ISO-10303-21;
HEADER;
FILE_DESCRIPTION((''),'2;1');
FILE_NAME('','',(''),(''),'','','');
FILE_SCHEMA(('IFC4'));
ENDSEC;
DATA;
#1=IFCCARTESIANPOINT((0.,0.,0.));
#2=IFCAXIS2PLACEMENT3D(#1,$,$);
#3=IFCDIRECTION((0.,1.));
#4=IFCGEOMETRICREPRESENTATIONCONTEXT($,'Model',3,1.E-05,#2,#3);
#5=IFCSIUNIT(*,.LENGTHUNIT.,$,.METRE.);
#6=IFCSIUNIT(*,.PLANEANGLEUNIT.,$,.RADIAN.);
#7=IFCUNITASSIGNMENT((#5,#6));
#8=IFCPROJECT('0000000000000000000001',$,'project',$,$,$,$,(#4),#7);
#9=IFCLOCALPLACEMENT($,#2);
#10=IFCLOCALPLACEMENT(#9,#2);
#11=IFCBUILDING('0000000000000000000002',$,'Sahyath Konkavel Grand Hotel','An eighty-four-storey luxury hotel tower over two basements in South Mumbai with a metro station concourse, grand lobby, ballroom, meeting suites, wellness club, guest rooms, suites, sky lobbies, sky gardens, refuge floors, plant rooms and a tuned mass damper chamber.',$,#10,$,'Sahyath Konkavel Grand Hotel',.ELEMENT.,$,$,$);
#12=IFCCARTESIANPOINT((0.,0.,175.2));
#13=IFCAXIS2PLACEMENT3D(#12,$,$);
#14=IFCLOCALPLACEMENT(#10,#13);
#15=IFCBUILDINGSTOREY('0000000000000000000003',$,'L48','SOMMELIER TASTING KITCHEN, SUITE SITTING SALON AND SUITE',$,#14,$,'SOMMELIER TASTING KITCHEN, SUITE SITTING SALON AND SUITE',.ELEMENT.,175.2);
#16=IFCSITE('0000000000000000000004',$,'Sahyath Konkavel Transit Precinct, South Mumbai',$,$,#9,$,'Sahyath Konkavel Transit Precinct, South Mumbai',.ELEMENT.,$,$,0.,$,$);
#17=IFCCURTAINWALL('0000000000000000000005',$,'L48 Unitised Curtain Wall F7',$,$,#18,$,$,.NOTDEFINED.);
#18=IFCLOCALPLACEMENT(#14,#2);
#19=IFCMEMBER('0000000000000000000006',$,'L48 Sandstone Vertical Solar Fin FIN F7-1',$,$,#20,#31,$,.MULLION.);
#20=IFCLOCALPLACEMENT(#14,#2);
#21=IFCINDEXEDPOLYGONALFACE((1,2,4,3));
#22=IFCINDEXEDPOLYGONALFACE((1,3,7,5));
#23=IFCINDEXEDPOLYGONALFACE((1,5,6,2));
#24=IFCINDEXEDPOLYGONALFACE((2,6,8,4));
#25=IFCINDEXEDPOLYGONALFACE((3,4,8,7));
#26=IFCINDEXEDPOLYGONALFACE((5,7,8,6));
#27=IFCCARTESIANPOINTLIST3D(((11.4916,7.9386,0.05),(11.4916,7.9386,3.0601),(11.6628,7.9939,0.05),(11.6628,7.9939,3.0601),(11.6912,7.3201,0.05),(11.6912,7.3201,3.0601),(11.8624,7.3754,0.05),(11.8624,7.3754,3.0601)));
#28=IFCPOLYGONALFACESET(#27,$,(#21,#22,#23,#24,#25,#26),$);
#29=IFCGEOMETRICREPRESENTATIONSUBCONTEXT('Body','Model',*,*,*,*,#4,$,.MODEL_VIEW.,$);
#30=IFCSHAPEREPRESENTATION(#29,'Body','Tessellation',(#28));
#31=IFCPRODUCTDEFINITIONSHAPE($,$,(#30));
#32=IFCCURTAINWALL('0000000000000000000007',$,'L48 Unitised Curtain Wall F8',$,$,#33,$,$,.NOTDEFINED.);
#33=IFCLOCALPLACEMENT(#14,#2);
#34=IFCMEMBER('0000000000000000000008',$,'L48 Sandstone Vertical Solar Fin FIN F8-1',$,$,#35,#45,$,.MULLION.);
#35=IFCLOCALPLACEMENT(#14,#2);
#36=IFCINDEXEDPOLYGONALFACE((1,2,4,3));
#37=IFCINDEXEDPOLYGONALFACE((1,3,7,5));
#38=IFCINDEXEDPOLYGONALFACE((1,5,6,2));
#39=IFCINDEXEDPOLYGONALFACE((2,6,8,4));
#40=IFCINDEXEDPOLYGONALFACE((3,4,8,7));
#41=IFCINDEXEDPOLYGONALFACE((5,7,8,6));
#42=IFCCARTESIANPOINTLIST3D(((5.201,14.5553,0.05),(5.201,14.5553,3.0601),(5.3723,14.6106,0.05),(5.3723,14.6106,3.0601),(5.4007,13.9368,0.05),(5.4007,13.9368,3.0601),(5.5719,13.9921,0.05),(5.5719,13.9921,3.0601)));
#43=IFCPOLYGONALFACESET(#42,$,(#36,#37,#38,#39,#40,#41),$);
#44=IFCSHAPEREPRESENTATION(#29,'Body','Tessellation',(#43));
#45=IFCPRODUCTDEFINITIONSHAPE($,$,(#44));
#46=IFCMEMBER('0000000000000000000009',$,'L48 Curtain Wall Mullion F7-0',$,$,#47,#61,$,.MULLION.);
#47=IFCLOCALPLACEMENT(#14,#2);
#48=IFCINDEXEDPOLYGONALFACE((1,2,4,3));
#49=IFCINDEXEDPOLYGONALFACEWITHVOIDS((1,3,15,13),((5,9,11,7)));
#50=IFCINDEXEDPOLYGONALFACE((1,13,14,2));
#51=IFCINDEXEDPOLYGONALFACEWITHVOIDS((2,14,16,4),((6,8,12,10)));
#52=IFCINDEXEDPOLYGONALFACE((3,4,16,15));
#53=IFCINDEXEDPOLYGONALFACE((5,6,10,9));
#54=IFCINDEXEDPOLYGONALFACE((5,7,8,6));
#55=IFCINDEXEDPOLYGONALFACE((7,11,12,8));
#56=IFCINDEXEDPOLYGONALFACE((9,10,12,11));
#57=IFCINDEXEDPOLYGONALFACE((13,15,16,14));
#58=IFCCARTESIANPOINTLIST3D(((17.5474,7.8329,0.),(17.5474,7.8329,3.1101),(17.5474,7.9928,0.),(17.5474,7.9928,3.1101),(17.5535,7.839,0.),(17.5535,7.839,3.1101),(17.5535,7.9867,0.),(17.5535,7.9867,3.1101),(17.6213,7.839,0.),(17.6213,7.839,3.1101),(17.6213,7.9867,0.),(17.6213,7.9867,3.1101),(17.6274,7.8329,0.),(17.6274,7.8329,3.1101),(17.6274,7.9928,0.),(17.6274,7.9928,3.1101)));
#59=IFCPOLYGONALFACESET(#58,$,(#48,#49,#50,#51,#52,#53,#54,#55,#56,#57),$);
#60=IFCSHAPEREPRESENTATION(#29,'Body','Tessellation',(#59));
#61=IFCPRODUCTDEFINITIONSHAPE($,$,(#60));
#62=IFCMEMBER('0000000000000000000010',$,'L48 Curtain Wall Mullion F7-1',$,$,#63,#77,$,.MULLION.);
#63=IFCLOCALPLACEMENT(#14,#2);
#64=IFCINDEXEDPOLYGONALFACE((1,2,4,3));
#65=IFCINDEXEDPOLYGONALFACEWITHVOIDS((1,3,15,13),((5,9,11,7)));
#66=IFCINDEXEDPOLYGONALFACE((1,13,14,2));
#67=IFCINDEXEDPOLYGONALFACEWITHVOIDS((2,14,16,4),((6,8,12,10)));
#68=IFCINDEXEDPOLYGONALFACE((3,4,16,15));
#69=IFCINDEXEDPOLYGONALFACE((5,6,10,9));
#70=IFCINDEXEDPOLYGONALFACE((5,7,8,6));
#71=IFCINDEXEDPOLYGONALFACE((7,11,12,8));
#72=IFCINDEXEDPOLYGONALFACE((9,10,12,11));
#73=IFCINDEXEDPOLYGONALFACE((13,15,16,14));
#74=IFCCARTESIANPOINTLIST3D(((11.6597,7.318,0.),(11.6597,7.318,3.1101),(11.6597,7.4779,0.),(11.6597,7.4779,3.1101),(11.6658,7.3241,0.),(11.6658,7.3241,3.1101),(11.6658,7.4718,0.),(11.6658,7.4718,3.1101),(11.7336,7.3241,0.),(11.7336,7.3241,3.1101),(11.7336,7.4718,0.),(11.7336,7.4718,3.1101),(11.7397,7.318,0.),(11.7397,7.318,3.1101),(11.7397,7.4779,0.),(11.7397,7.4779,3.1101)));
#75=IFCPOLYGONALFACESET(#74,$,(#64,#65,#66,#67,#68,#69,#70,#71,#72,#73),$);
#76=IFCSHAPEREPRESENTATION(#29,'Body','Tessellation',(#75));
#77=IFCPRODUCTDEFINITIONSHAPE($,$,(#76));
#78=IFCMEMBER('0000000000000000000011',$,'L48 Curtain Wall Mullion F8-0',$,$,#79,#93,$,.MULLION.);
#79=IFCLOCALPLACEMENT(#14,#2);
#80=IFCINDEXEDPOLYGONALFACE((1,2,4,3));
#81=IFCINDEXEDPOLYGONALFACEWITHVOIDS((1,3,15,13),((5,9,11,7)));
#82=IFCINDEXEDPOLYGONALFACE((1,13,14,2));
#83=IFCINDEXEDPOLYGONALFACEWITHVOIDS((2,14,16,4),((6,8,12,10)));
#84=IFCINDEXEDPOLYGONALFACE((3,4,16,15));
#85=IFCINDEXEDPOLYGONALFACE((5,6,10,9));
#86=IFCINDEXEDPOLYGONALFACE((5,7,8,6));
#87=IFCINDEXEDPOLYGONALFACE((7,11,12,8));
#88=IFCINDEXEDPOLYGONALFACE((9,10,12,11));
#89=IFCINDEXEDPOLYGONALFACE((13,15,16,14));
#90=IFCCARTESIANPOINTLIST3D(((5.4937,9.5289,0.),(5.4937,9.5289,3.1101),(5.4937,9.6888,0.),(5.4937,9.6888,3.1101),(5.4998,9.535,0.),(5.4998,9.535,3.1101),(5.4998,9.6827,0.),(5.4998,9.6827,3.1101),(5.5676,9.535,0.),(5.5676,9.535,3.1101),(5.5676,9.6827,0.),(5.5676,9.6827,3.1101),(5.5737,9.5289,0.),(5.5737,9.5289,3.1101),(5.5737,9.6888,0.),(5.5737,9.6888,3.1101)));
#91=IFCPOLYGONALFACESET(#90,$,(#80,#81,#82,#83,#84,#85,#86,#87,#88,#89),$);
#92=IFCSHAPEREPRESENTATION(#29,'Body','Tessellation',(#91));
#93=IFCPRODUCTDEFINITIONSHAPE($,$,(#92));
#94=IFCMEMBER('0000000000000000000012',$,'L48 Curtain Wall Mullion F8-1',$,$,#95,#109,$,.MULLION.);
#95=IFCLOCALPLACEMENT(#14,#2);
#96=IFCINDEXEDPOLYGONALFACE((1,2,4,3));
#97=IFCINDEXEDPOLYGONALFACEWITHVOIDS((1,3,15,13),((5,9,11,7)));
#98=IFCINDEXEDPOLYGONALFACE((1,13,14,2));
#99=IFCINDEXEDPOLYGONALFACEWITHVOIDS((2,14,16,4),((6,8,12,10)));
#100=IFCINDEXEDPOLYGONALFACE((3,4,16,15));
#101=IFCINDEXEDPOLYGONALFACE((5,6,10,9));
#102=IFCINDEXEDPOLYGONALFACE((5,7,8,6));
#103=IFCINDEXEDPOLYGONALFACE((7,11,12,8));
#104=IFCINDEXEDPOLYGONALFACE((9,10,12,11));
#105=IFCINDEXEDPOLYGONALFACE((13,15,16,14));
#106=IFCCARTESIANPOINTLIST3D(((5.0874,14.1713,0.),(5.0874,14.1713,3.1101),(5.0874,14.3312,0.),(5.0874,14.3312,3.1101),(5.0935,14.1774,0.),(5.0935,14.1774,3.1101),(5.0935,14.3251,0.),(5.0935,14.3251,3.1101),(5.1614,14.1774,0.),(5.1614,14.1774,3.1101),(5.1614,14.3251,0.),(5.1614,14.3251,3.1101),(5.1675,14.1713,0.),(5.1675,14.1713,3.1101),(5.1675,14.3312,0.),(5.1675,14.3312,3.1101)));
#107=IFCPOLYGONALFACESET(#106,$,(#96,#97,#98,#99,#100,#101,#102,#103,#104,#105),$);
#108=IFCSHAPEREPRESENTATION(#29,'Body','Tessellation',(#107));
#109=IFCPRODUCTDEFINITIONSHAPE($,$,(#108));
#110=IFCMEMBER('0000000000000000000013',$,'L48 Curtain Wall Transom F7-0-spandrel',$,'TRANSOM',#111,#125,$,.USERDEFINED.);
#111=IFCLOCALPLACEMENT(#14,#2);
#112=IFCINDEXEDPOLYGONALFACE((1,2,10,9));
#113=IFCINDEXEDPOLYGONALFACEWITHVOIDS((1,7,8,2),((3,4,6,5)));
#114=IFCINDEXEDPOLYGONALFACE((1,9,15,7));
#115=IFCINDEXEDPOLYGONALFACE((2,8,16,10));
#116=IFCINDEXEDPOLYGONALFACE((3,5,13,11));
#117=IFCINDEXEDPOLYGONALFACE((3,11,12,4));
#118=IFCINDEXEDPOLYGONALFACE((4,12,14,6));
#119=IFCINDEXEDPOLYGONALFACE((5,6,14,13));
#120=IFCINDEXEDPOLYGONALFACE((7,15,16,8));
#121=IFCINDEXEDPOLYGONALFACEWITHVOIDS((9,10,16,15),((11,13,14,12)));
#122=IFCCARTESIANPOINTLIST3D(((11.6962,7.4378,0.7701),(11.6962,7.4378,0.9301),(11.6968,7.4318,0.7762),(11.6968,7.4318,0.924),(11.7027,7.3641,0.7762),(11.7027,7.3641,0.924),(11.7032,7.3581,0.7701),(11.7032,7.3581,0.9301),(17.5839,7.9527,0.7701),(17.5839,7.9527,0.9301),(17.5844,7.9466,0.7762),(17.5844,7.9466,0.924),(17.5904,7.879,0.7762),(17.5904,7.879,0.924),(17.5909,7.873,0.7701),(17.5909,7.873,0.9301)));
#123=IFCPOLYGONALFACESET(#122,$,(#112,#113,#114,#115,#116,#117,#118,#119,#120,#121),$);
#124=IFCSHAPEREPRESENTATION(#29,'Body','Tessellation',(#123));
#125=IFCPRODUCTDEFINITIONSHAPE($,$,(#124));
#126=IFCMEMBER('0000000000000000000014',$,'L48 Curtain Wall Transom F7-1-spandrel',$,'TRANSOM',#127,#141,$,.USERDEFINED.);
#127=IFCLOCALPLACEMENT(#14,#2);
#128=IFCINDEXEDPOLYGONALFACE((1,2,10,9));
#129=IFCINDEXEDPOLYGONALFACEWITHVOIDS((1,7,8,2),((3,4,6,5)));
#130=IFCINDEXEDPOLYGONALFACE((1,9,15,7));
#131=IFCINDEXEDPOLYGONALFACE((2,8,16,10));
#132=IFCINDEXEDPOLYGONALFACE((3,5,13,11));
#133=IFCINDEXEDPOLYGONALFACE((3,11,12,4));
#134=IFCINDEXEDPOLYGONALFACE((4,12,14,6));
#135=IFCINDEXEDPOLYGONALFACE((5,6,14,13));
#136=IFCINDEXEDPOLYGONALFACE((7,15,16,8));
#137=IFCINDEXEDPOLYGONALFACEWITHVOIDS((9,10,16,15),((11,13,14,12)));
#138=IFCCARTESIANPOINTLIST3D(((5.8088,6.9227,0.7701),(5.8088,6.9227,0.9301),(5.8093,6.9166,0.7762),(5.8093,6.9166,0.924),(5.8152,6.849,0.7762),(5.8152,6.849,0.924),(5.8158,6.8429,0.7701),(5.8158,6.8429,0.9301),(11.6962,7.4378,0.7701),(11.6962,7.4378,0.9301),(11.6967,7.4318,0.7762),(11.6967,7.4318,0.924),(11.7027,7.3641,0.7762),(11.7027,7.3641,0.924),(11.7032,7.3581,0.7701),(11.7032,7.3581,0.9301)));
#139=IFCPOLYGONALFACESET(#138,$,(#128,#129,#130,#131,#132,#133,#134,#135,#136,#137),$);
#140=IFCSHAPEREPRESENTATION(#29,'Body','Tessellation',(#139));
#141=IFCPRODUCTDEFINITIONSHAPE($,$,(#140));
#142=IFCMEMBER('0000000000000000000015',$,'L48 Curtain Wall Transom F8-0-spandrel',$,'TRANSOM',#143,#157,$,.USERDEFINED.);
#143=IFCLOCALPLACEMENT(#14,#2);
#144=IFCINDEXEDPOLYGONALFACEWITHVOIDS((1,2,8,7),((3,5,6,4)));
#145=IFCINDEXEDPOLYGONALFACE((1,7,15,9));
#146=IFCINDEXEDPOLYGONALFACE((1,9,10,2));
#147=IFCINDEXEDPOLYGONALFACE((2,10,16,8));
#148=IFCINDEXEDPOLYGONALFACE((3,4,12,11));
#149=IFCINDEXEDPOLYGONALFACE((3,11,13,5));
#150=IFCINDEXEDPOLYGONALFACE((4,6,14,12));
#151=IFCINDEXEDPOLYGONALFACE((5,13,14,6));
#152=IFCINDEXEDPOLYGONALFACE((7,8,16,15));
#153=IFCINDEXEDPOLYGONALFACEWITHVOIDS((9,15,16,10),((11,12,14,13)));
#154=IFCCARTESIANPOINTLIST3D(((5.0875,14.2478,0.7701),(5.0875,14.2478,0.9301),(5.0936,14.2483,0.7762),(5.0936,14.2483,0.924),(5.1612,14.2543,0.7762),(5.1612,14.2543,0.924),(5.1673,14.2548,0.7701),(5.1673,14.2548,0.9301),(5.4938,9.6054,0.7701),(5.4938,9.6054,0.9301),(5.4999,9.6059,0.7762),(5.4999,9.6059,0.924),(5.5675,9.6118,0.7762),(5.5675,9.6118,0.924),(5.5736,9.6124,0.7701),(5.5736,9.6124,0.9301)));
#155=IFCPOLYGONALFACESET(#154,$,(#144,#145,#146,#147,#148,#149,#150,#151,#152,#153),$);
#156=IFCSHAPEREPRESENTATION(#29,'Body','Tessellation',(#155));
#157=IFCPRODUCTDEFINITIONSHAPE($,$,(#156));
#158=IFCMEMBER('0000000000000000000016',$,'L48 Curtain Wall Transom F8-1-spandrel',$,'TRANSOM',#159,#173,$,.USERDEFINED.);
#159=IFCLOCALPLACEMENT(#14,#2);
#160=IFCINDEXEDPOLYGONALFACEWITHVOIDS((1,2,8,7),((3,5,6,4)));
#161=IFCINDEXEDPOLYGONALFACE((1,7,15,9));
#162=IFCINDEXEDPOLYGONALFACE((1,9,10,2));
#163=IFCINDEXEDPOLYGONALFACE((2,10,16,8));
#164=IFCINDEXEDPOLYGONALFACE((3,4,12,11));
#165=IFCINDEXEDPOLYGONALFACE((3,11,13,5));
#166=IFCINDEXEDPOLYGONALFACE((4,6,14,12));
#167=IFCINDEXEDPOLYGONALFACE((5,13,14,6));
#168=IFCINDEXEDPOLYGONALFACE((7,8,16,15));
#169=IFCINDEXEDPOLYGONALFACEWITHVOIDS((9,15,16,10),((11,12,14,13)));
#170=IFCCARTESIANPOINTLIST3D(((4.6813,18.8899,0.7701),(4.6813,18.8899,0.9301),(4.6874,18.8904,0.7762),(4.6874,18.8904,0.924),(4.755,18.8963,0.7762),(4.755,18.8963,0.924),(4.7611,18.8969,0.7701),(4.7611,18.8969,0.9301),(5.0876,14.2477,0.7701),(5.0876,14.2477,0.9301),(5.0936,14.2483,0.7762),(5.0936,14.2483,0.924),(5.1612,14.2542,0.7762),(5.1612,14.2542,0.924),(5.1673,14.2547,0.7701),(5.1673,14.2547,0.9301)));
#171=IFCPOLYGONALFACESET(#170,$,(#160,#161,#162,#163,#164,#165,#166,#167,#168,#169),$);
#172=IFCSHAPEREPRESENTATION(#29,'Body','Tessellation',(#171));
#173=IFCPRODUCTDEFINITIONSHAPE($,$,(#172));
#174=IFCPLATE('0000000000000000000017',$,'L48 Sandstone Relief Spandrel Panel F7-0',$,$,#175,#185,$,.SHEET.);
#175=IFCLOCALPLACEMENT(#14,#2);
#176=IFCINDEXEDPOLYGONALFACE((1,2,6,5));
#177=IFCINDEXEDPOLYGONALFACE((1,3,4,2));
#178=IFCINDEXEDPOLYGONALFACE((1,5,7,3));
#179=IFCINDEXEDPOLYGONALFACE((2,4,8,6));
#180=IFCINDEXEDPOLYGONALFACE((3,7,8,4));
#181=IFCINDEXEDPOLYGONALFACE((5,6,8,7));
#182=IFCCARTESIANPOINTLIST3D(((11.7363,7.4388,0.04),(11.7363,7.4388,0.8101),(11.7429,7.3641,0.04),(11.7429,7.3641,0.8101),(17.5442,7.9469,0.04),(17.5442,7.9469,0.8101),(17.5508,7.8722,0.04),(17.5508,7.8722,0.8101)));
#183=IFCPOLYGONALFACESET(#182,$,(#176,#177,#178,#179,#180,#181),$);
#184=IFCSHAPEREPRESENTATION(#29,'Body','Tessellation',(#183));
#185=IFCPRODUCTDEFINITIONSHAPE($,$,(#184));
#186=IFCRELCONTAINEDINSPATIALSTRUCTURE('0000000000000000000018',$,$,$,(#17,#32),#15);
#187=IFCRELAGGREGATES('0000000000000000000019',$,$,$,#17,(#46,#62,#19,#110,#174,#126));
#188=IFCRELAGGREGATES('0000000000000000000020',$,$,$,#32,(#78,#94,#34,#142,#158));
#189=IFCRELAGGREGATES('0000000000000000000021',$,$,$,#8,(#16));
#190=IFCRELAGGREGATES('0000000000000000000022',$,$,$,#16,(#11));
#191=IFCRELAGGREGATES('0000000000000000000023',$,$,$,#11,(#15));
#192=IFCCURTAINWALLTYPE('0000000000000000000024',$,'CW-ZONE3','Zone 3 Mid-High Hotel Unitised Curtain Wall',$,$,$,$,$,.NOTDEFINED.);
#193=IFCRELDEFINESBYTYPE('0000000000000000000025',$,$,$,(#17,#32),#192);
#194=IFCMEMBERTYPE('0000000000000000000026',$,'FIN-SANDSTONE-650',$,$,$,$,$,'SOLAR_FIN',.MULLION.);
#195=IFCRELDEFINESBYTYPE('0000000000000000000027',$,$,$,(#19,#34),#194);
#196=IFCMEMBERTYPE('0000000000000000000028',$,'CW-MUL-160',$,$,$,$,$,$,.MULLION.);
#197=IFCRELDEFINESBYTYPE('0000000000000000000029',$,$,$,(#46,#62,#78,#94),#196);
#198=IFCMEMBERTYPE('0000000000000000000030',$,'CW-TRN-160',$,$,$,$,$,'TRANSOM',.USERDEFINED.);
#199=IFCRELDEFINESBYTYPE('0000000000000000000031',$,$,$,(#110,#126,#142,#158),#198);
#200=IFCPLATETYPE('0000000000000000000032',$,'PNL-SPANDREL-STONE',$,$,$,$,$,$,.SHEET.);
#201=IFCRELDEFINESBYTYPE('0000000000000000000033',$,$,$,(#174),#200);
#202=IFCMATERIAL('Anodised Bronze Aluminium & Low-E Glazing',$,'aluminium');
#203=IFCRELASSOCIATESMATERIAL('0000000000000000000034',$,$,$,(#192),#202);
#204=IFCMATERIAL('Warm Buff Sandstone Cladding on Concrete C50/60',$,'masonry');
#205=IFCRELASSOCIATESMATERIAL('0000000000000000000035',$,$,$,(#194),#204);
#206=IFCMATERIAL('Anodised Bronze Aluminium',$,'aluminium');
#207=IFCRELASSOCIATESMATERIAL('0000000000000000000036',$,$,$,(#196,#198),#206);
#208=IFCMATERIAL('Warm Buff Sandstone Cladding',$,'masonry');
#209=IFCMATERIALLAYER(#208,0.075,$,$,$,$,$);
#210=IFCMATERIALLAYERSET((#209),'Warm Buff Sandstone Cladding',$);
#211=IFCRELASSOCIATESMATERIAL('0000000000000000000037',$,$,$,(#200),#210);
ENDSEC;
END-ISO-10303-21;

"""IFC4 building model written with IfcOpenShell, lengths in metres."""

from ifc_helpers import new_model, si_unit, direction, frame, origin, origin_2d, place, context, subcontext, project, spatial, rectangle, hollow_rectangle, extrude, source, transform, mapped, material, layer, layer_set, material_profile, profile_set, type_object, element, aggregate, save


model = new_model("IFC4")

# Units and contexts
model_context = context("Model", 3, precision=1e-05, world=origin(), true_north=direction((0.0, 1.0)))
body_context = subcontext(model_context, "Body", "Model", "MODEL_VIEW")
ifc_project = project(units=[si_unit("LENGTHUNIT", "METRE"), si_unit("PLANEANGLEUNIT", "RADIAN")], contexts=[model_context])

# Site, building, storey
site_placement = place(None, origin())
site = spatial("IfcSite", under=ifc_project, at=site_placement, Name="Sahyath Konkavel Transit Precinct, South Mumbai", LongName="Sahyath Konkavel Transit Precinct, South Mumbai", CompositionType="ELEMENT", RefElevation=0.0)
building_placement = place(site_placement, origin())
building = spatial("IfcBuilding", under=site, at=building_placement, Name="Sahyath Konkavel Grand Hotel", Description="An eighty-four-storey luxury hotel tower over two basements in South Mumbai with a metro station concourse, grand lobby, ballroom, meeting suites, wellness club, guest rooms, suites, sky lobbies, sky gardens, refuge floors, plant rooms and a tuned mass damper chamber.", LongName="Sahyath Konkavel Grand Hotel", CompositionType="ELEMENT")
storey_placement = place(building_placement, frame((0.0, 0.0, 175.2)))
storey = spatial("IfcBuildingStorey", under=building, at=storey_placement, Name="L48", Description="SOMMELIER TASTING KITCHEN, SUITE SITTING SALON AND SUITE", LongName="SOMMELIER TASTING KITCHEN, SUITE SITTING SALON AND SUITE", CompositionType="ELEMENT", Elevation=175.2)

# Curtain walls, members
ifc_material_1 = material(Name="Anodised Bronze Aluminium & Low-E Glazing", Category="aluminium")
curtain_wall_type = type_object("IfcCurtainWallType", Name="CW-ZONE3", Description="Zone 3 Mid-High Hotel Unitised Curtain Wall", PredefinedType="NOTDEFINED", material=ifc_material_1)
curtain_wall_1_placement = place(storey_placement, origin())
curtain_wall_1 = element("IfcCurtainWall", 1, at=curtain_wall_1_placement, inside=storey, type_object=curtain_wall_type, Name="L48 Unitised Curtain Wall F7", PredefinedType="NOTDEFINED")
ifc_material_2 = material(Name="Warm Buff Sandstone Cladding on Concrete C50/60", Category="masonry")
ifc_material_profile_1 = material_profile(ifc_material_2, rectangle(XDim=0.1799, YDim=0.6499, at=origin_2d()), Name="FIN 180x650")
ifc_profile_set_1 = profile_set([ifc_material_profile_1], Name="Warm Buff Sandstone Cladding on Concrete C50/60")
member_type_1 = type_object("IfcMemberType", Name="FIN-SANDSTONE-650", ElementType="SOLAR_FIN", PredefinedType="MULLION", material=ifc_profile_set_1)
shared_shape_1 = source(origin(), body_context, "Body", "SweptSolid", [
    extrude(rectangle(XDim=0.1799, YDim=0.6499, at=origin_2d()), origin(), (0.0, 0.0, 1.0), 3.01),
])
member_1_placement = place(storey_placement, frame((11.677, 7.657, 0.05), z_axis=(0.0, 0.0, 1.0), x_axis=(0.951648, 0.307191, 0.0)))
member_1 = element("IfcMember", 2, at=member_1_placement, type_object=member_type_1, Name="L48 Sandstone Vertical Solar Fin FIN F7-1", PredefinedType="MULLION", context=body_context, shape_type="MappedRepresentation", body=[
    mapped(shared_shape_1, transform((0.0, 0.0, 0.0), scale=1.0)),
])
curtain_wall_2_placement = place(storey_placement, origin())
curtain_wall_2 = element("IfcCurtainWall", 3, at=curtain_wall_2_placement, inside=storey, type_object=curtain_wall_type, Name="L48 Unitised Curtain Wall F8", PredefinedType="NOTDEFINED")
member_2_placement = place(storey_placement, frame((5.3865, 14.2737, 0.05), z_axis=(0.0, 0.0, 1.0), x_axis=(0.951648, 0.307191, 0.0)))
member_2 = element("IfcMember", 4, at=member_2_placement, type_object=member_type_1, Name="L48 Sandstone Vertical Solar Fin FIN F8-1", PredefinedType="MULLION", context=body_context, shape_type="MappedRepresentation", body=[
    mapped(shared_shape_1, transform((0.0, 0.0, 0.0), scale=1.0)),
])

# Members
ifc_material_3 = material(Name="Anodised Bronze Aluminium", Category="aluminium")
ifc_material_profile_2 = material_profile(ifc_material_3, hollow_rectangle(XDim=0.0801, YDim=0.1599, WallThickness=0.0061, at=origin_2d()), Name="RHS 160x80x6")
ifc_profile_set_2 = profile_set([ifc_material_profile_2], Name="Anodised Bronze Aluminium")
member_type_2 = type_object("IfcMemberType", Name="CW-MUL-160", PredefinedType="MULLION", material=ifc_profile_set_2)
shared_shape_2 = source(origin(), body_context, "Body", "SweptSolid", [
    extrude(hollow_rectangle(XDim=0.0801, YDim=0.1599, WallThickness=0.0061, at=origin_2d()), origin(), (0.0, 0.0, 1.0), 3.1101),
])
member_3_placement = place(storey_placement, frame((17.5874, 7.9128, 0.0), z_axis=(0.0, 0.0, 1.0), x_axis=(1.0, 0.0, 0.0)))
member_3 = element("IfcMember", 5, at=member_3_placement, type_object=member_type_2, Name="L48 Curtain Wall Mullion F7-0", PredefinedType="MULLION", context=body_context, shape_type="MappedRepresentation", body=[
    mapped(shared_shape_2, transform((0.0, 0.0, 0.0), scale=1.0)),
])
member_4_placement = place(storey_placement, frame((11.6997, 7.3979, 0.0), z_axis=(0.0, 0.0, 1.0), x_axis=(1.0, 0.0, 0.0)))
member_4 = element("IfcMember", 6, at=member_4_placement, type_object=member_type_2, Name="L48 Curtain Wall Mullion F7-1", PredefinedType="MULLION", context=body_context, shape_type="MappedRepresentation", body=[
    mapped(shared_shape_2, transform((0.0, 0.0, 0.0), scale=1.0)),
])
member_5_placement = place(storey_placement, frame((5.5337, 9.6089, 0.0), z_axis=(0.0, 0.0, 1.0), x_axis=(1.0, 0.0, 0.0)))
member_5 = element("IfcMember", 7, at=member_5_placement, type_object=member_type_2, Name="L48 Curtain Wall Mullion F8-0", PredefinedType="MULLION", context=body_context, shape_type="MappedRepresentation", body=[
    mapped(shared_shape_2, transform((0.0, 0.0, 0.0), scale=1.0)),
])
member_6_placement = place(storey_placement, frame((5.1274, 14.2512, 0.0), z_axis=(0.0, 0.0, 1.0), x_axis=(1.0, 0.0, 0.0)))
member_6 = element("IfcMember", 8, at=member_6_placement, type_object=member_type_2, Name="L48 Curtain Wall Mullion F8-1", PredefinedType="MULLION", context=body_context, shape_type="MappedRepresentation", body=[
    mapped(shared_shape_2, transform((0.0, 0.0, 0.0), scale=1.0)),
])
ifc_material_profile_3 = material_profile(ifc_material_3, hollow_rectangle(XDim=0.0801, YDim=0.1599, WallThickness=0.0061, at=origin_2d()), Name="RHS 160x80x6")
ifc_profile_set_3 = profile_set([ifc_material_profile_3], Name="Anodised Bronze Aluminium")
member_type_3 = type_object("IfcMemberType", Name="CW-TRN-160", ElementType="TRANSOM", PredefinedType="USERDEFINED", material=ifc_profile_set_3)
shared_shape_3 = source(origin(), body_context, "Body", "SweptSolid", [
    extrude(hollow_rectangle(XDim=0.0801, YDim=0.1599, WallThickness=0.0061, at=origin_2d()), origin(), (0.0, 0.0, 1.0), 5.9102),
])
member_7_placement = place(storey_placement, frame((17.5874, 7.9128, 0.8501), z_axis=(-0.996198, -0.08712, 0.0), x_axis=(0.08712, -0.996198, 0.0)))
member_7 = element("IfcMember", 9, at=member_7_placement, type_object=member_type_3, Name="L48 Curtain Wall Transom F7-0-spandrel", ObjectType="TRANSOM", PredefinedType="USERDEFINED", context=body_context, shape_type="MappedRepresentation", body=[
    mapped(shared_shape_3, transform((0.0, 0.0, 0.0), scale=1.0)),
])
shared_shape_4 = source(origin(), body_context, "Body", "SweptSolid", [
    extrude(hollow_rectangle(XDim=0.0801, YDim=0.1599, WallThickness=0.0061, at=origin_2d()), origin(), (0.0, 0.0, 1.0), 5.9099),
])
member_8_placement = place(storey_placement, frame((11.6997, 7.3979, 0.8501), z_axis=(-0.996194, -0.087164, 0.0), x_axis=(0.087164, -0.996194, 0.0)))
member_8 = element("IfcMember", 10, at=member_8_placement, type_object=member_type_3, Name="L48 Curtain Wall Transom F7-1-spandrel", ObjectType="TRANSOM", PredefinedType="USERDEFINED", context=body_context, shape_type="MappedRepresentation", body=[
    mapped(shared_shape_4, transform((0.0, 0.0, 0.0), scale=1.0)),
])
shared_shape_5 = source(origin(), body_context, "Body", "SweptSolid", [
    extrude(hollow_rectangle(XDim=0.0801, YDim=0.1599, WallThickness=0.0061, at=origin_2d()), origin(), (0.0, 0.0, 1.0), 4.6602),
])
member_9_placement = place(storey_placement, frame((5.5337, 9.6089, 0.8501), z_axis=(-0.087177, 0.996193, 0.0), x_axis=(-0.996193, -0.087177, 0.0)))
member_9 = element("IfcMember", 11, at=member_9_placement, type_object=member_type_3, Name="L48 Curtain Wall Transom F8-0-spandrel", ObjectType="TRANSOM", PredefinedType="USERDEFINED", context=body_context, shape_type="MappedRepresentation", body=[
    mapped(shared_shape_5, transform((0.0, 0.0, 0.0), scale=1.0)),
])
shared_shape_6 = source(origin(), body_context, "Body", "SweptSolid", [
    extrude(hollow_rectangle(XDim=0.0801, YDim=0.1599, WallThickness=0.0061, at=origin_2d()), origin(), (0.0, 0.0, 1.0), 4.6599),
])
member_10_placement = place(storey_placement, frame((5.1274, 14.2512, 0.8501), z_axis=(-0.087181, 0.996192, 0.0), x_axis=(-0.996192, -0.087181, 0.0)))
member_10 = element("IfcMember", 12, at=member_10_placement, type_object=member_type_3, Name="L48 Curtain Wall Transom F8-1-spandrel", ObjectType="TRANSOM", PredefinedType="USERDEFINED", context=body_context, shape_type="MappedRepresentation", body=[
    mapped(shared_shape_6, transform((0.0, 0.0, 0.0), scale=1.0)),
])

# Plate
ifc_material_4 = material(Name="Warm Buff Sandstone Cladding", Category="masonry")
ifc_layer_1 = layer(ifc_material_4, 0.075)
ifc_layer_set_1 = layer_set([ifc_layer_1], Name="Warm Buff Sandstone Cladding")
plate_type_1 = type_object("IfcPlateType", Name="PNL-SPANDREL-STONE", PredefinedType="SHEET", material=ifc_layer_set_1)
shared_shape_7 = source(origin(), body_context, "Body", "SweptSolid", [
    extrude(rectangle(XDim=5.8301, YDim=0.075, at=origin_2d()), origin(), (0.0, 0.0, 1.0), 0.77),
])
plate_1_placement = place(storey_placement, frame((14.6436, 7.6555, 0.04), z_axis=(0.0, 0.0, 1.0), x_axis=(-0.996195, -0.087156, 0.0)))
plate_1 = element("IfcPlate", 13, at=plate_1_placement, type_object=plate_type_1, Name="L48 Sandstone Relief Spandrel Panel F7-0", PredefinedType="SHEET", context=body_context, shape_type="MappedRepresentation", body=[
    mapped(shared_shape_7, transform((0.0, 0.0, 0.0), scale=1.0)),
])
aggregate(curtain_wall_1, [member_3, member_4, member_1, member_7, plate_1, member_8])
aggregate(curtain_wall_2, [member_5, member_6, member_2, member_9, member_10])

save(model, "model.ifc")
